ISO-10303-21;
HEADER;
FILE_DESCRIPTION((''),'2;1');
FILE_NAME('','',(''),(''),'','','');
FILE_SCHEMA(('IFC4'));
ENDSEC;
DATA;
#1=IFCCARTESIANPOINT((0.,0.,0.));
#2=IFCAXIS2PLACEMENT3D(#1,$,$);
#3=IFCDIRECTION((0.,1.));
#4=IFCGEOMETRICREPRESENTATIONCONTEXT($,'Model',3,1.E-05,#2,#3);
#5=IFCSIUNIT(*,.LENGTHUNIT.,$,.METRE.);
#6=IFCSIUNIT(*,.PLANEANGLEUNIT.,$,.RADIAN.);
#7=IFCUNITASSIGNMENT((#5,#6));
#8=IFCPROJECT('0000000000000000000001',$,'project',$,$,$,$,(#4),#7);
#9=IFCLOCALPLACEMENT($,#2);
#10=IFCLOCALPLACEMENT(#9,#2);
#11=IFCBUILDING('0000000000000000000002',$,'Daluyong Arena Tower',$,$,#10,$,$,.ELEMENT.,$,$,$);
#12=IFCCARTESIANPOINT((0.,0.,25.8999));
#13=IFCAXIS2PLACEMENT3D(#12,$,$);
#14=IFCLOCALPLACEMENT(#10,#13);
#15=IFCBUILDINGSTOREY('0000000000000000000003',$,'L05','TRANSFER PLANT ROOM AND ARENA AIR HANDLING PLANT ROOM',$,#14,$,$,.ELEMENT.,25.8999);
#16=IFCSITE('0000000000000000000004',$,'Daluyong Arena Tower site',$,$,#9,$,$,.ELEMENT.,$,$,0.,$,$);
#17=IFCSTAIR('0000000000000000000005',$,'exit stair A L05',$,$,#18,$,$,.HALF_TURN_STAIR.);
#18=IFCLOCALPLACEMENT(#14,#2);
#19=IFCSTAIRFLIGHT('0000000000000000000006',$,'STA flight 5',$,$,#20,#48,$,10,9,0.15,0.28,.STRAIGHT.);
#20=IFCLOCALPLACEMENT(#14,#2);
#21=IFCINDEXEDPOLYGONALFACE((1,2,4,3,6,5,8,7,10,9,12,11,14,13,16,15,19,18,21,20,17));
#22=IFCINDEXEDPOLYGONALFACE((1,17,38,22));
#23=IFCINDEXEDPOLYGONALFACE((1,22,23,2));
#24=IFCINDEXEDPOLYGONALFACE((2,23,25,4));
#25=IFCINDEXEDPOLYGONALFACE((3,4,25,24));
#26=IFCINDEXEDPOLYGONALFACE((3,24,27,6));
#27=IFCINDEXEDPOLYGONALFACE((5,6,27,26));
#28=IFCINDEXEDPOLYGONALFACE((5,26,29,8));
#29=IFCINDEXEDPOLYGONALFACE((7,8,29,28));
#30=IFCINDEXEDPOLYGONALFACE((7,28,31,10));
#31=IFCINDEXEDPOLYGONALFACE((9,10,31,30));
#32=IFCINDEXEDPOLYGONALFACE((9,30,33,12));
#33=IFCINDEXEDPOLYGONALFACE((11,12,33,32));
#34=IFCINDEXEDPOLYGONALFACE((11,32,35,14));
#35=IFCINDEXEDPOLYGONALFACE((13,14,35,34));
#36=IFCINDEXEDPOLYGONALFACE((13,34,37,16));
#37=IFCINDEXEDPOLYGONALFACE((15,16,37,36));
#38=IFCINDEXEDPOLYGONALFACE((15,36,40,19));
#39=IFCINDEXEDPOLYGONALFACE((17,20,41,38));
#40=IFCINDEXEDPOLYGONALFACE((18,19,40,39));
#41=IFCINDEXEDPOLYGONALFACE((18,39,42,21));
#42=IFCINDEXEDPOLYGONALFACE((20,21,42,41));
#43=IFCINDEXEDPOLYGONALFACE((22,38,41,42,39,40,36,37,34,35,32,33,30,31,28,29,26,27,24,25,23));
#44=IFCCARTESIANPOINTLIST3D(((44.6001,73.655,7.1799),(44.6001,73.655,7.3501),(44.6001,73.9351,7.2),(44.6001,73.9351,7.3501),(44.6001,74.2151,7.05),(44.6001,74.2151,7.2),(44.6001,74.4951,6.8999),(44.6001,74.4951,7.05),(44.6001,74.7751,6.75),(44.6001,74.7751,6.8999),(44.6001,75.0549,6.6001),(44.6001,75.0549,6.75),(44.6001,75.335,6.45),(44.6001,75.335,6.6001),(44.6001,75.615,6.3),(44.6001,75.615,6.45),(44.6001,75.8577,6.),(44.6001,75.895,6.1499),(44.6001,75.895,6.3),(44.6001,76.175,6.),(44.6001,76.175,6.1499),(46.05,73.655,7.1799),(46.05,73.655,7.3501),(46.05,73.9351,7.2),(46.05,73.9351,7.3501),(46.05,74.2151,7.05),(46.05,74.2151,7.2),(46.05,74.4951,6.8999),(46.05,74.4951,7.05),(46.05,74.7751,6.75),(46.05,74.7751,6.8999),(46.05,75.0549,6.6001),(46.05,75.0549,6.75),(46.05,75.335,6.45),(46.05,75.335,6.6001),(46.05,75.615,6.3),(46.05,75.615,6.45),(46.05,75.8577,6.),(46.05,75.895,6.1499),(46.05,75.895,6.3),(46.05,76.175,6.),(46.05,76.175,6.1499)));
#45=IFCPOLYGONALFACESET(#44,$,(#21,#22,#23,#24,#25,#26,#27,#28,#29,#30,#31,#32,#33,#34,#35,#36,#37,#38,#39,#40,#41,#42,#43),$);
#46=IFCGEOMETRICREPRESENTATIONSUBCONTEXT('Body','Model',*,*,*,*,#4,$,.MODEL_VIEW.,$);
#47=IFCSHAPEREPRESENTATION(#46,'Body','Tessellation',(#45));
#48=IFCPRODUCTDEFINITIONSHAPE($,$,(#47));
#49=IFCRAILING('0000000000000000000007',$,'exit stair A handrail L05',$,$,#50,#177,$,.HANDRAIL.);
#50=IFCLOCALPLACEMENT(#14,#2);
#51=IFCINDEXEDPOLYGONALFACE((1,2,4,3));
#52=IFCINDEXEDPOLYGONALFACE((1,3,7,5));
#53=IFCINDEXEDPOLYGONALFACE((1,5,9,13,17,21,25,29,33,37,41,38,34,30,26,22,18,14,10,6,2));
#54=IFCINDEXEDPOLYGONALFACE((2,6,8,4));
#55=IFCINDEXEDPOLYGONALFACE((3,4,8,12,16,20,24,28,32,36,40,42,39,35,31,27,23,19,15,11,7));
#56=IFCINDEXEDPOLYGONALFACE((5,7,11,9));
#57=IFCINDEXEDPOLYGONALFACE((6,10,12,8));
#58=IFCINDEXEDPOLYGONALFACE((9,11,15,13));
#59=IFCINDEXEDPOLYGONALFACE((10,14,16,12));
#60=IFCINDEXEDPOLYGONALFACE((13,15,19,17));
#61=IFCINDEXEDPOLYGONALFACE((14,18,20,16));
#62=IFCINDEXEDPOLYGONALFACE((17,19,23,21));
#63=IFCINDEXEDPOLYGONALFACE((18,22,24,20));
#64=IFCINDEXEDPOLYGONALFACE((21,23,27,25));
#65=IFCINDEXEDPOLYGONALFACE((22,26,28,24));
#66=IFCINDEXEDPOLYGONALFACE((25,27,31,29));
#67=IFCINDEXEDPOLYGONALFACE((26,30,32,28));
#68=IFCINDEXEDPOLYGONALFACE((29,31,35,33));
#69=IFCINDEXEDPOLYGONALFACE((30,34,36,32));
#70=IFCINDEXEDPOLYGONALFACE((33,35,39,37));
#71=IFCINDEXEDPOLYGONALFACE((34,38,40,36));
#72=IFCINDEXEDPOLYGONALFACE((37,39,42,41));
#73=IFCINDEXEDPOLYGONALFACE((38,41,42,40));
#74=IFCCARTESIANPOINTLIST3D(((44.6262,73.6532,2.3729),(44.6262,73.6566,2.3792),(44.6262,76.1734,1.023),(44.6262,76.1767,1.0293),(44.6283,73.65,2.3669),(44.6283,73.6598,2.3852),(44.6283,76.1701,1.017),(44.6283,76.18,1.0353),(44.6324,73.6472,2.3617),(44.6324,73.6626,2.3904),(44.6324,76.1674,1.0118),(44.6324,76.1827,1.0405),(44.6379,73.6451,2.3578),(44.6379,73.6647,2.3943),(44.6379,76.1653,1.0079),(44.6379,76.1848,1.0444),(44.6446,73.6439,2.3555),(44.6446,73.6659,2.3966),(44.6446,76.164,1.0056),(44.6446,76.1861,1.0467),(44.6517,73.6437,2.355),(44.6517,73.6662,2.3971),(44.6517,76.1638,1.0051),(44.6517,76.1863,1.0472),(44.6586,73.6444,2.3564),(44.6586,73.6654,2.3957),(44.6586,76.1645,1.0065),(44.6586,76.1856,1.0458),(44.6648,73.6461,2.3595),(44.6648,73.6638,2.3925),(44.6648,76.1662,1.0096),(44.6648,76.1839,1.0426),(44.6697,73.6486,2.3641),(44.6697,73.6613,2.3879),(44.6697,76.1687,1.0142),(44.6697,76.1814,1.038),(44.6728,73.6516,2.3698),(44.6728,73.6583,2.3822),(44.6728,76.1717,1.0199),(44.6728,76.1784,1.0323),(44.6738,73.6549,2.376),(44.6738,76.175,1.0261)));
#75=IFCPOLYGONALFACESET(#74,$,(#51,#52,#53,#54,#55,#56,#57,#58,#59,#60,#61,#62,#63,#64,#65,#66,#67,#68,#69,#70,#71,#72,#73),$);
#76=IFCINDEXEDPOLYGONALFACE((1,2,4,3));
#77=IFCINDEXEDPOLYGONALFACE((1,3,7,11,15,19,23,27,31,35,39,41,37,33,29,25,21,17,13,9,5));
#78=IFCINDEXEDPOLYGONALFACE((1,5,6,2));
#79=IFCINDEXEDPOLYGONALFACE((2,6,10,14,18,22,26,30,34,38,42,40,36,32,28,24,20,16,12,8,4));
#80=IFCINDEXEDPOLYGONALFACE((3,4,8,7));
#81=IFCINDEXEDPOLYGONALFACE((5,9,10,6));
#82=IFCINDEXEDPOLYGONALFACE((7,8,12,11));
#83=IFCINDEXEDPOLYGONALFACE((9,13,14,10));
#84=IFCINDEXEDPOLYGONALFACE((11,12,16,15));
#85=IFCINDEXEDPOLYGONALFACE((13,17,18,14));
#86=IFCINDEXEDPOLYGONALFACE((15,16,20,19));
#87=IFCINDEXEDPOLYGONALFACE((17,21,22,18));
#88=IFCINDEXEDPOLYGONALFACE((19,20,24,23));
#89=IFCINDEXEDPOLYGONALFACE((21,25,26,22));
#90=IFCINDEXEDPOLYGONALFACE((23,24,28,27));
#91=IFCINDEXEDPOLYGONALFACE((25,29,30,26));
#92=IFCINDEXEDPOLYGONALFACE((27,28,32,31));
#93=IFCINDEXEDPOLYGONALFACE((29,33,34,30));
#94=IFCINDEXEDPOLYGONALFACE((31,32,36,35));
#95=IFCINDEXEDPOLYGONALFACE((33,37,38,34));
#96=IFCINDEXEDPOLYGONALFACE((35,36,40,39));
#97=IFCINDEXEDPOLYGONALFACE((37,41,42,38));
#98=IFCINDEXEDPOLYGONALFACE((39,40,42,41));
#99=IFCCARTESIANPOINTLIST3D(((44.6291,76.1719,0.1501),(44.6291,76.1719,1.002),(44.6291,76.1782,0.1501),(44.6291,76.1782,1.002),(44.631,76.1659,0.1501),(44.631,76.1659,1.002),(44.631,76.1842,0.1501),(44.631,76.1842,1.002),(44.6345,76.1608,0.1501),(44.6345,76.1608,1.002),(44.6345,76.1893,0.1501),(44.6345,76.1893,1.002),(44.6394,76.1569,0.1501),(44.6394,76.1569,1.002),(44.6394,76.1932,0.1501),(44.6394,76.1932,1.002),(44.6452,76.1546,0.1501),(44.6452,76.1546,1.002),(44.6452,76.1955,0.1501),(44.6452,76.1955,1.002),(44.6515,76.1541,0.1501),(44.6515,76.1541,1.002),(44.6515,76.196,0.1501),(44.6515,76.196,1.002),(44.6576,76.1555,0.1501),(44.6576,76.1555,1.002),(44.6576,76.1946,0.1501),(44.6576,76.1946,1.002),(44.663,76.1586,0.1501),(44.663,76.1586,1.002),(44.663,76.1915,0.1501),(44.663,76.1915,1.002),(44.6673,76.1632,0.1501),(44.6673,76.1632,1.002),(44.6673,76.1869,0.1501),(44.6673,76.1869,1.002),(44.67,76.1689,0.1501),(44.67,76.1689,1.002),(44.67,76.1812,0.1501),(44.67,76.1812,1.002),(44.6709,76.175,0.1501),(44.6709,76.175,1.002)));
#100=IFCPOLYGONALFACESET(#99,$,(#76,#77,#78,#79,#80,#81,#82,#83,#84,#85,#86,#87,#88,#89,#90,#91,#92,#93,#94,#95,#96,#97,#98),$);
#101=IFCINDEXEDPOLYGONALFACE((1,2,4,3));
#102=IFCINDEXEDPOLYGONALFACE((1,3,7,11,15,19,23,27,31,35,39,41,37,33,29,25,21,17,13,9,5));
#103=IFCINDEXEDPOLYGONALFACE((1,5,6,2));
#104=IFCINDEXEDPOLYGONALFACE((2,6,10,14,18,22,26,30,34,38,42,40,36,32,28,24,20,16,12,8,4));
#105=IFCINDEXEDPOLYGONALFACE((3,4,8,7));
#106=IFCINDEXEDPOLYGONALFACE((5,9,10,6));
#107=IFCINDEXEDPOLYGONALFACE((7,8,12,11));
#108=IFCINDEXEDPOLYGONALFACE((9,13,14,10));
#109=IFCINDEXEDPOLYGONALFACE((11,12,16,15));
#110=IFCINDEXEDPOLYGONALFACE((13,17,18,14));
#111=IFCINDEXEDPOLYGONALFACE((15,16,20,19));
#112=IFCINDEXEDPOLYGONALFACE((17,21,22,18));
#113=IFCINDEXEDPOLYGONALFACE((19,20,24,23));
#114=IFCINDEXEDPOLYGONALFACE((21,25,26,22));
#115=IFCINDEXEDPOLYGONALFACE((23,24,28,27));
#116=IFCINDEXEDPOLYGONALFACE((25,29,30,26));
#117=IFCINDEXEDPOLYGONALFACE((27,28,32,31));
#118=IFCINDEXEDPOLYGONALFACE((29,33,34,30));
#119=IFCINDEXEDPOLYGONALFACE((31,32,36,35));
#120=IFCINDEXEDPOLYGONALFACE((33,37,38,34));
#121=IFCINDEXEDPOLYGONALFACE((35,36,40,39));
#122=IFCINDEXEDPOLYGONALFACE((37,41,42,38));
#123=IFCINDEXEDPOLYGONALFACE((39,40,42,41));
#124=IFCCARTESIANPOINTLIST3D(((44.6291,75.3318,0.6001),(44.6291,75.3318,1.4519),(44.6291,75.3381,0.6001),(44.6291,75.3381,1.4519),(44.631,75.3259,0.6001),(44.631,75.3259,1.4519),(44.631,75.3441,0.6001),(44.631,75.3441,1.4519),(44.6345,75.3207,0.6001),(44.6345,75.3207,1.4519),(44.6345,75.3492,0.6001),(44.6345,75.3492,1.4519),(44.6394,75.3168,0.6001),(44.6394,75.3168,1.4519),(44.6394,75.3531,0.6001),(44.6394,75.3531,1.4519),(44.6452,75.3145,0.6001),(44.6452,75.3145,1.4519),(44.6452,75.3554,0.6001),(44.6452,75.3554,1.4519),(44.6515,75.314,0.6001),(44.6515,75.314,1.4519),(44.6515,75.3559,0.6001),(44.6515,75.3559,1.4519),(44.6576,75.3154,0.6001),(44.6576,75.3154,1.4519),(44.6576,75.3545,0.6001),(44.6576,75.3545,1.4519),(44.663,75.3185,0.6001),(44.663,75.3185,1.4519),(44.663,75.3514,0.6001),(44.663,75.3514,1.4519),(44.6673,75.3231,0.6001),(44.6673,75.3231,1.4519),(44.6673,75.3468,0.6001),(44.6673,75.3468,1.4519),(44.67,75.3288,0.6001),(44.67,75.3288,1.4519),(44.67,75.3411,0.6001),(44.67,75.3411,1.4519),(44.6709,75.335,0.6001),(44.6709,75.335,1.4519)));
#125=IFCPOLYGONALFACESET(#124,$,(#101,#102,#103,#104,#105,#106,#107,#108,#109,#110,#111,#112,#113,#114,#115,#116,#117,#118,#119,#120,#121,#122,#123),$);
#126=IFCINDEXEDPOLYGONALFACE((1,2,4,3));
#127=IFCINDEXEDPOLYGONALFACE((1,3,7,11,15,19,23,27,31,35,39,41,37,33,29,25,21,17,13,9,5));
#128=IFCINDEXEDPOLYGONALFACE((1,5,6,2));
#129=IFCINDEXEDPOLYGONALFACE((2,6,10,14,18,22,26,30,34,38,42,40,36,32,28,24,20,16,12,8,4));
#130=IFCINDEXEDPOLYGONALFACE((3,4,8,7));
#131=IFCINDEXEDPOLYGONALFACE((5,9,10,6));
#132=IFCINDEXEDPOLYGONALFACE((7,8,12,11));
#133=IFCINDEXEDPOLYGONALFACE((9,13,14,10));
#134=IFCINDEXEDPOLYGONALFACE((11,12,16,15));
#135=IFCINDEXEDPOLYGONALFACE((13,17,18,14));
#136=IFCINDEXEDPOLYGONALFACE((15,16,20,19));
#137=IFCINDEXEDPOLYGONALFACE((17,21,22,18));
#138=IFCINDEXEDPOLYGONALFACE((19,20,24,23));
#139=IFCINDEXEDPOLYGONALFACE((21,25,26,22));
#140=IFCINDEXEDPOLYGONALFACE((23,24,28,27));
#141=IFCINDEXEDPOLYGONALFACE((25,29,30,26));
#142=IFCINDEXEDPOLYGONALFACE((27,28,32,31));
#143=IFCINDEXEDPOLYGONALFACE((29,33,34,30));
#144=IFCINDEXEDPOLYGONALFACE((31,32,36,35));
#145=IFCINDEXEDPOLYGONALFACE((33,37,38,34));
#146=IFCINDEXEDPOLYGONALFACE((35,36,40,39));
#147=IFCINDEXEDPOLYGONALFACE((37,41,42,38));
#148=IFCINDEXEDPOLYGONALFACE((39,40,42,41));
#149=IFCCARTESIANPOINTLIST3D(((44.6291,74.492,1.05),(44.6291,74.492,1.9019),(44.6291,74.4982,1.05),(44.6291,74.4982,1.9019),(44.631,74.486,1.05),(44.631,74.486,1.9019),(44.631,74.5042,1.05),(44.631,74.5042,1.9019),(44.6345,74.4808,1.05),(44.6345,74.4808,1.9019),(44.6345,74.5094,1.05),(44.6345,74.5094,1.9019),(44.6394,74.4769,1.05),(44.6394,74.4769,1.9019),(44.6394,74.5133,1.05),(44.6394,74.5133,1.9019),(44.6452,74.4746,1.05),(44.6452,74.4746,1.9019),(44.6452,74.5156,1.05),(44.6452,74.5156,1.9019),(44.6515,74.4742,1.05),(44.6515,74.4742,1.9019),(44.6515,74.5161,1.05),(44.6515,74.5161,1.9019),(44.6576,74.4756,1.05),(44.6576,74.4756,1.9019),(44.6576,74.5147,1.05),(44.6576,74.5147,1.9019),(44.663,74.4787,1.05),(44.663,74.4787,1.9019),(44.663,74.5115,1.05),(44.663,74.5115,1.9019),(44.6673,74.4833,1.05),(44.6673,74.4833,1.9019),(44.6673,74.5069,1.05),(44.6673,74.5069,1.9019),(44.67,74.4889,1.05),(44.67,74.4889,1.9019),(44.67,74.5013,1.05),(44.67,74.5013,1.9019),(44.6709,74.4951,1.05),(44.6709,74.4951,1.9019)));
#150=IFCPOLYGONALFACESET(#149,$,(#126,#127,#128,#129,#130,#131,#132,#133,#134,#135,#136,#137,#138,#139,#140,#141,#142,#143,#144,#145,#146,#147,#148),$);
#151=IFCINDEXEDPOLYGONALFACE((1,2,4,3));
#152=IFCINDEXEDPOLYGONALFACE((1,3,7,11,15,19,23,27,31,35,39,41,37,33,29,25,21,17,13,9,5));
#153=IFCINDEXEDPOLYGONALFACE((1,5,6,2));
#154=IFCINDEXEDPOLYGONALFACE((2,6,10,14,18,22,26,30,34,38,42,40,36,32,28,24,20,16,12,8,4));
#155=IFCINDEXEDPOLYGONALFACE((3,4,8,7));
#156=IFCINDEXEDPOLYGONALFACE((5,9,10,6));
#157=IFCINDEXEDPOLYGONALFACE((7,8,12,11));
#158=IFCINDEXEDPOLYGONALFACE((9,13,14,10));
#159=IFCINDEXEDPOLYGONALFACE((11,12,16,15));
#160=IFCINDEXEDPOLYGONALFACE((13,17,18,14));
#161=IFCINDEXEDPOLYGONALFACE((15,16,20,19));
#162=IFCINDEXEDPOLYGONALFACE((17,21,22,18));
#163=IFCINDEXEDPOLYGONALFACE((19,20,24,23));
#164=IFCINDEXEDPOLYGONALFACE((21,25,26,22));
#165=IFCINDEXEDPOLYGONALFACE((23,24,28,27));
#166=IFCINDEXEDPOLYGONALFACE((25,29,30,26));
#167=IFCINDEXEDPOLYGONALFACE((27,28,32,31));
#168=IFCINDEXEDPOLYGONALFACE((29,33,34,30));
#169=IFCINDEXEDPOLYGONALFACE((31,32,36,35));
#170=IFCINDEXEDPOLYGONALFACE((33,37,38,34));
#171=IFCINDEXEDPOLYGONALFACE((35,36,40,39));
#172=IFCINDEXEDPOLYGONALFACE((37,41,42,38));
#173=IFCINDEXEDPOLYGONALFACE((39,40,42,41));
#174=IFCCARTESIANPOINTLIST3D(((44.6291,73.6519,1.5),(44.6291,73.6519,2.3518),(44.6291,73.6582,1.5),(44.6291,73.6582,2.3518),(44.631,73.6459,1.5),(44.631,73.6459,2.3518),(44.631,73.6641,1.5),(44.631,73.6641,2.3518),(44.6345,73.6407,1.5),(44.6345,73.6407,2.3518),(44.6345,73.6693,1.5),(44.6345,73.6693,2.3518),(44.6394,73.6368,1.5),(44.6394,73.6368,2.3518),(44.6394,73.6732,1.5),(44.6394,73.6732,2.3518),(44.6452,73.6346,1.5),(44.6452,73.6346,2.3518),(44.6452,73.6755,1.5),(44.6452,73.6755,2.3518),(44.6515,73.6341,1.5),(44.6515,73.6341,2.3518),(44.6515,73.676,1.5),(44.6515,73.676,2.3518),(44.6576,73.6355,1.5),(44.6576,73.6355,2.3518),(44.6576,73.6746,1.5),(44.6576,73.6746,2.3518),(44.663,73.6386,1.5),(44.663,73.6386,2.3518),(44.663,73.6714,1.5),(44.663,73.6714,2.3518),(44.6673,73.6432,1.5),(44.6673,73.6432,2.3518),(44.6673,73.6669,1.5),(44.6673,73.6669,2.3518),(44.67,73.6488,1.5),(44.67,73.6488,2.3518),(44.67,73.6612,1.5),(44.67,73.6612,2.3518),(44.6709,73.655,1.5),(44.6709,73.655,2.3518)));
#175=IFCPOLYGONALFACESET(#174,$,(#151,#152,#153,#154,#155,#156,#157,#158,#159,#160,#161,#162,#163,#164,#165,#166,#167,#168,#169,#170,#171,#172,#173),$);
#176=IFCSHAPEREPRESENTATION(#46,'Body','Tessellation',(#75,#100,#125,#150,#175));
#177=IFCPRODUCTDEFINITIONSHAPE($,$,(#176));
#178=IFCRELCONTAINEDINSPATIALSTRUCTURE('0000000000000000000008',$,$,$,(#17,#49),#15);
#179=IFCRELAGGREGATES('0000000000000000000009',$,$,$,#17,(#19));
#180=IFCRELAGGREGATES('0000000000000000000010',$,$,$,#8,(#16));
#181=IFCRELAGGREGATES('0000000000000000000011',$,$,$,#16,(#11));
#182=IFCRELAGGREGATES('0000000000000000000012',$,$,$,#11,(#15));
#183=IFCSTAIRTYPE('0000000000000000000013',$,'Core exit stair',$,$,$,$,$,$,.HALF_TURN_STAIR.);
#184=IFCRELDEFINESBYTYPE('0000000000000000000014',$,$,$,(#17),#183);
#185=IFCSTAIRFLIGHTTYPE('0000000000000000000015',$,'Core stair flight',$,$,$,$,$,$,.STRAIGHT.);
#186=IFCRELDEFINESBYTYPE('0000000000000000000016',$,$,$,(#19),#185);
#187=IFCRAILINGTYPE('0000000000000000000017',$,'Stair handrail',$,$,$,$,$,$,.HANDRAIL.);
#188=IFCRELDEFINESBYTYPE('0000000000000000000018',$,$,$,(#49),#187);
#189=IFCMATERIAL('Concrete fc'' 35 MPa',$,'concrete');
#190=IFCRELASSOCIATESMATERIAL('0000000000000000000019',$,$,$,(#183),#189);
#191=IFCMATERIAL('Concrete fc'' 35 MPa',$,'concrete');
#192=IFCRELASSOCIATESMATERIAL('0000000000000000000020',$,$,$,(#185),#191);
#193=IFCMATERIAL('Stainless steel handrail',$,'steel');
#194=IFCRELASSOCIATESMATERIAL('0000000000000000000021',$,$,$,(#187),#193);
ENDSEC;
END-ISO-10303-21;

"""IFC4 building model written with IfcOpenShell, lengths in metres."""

from ifc_helpers import new_model, si_unit, direction, frame, origin, origin_2d, place, context, subcontext, project, spatial, polyline, circle, outline, extrude, material, type_object, element, aggregate, save


model = new_model("IFC4")

# Units and contexts
model_context = context("Model", 3, precision=1e-05, world=origin(), true_north=direction((0.0, 1.0)))
body_context = subcontext(model_context, "Body", "Model", "MODEL_VIEW")
ifc_project = project(units=[si_unit("LENGTHUNIT", "METRE"), si_unit("PLANEANGLEUNIT", "RADIAN")], contexts=[model_context])

# Site, building, storey
site_placement = place(None, origin())
site = spatial("IfcSite", under=ifc_project, at=site_placement, Name="Daluyong Arena Tower site", CompositionType="ELEMENT", RefElevation=0.0)
building_placement = place(site_placement, origin())
building = spatial("IfcBuilding", under=site, at=building_placement, Name="Daluyong Arena Tower", CompositionType="ELEMENT")
storey_placement = place(building_placement, frame((0.0, 0.0, 25.8999)))
storey = spatial("IfcBuildingStorey", under=building, at=storey_placement, Name="L05", Description="TRANSFER PLANT ROOM AND ARENA AIR HANDLING PLANT ROOM", CompositionType="ELEMENT", Elevation=25.8999)

# Stair, stair flight
ifc_material_1 = material(Name="Concrete fc' 35 MPa", Category="concrete")
stair_type = type_object("IfcStairType", Name="Core exit stair", PredefinedType="HALF_TURN_STAIR", material=ifc_material_1)
stair_placement = place(storey_placement, origin())
stair = element("IfcStair", 1, at=stair_placement, inside=storey, type_object=stair_type, Name="exit stair A L05", PredefinedType="HALF_TURN_STAIR")
ifc_material_2 = material(Name="Concrete fc' 35 MPa", Category="concrete")
stair_flight_type = type_object("IfcStairFlightType", Name="Core stair flight", PredefinedType="STRAIGHT", material=ifc_material_2)
stair_flight_1_placement = place(storey_placement, frame((45.325, 76.175, 6.0), z_axis=(0.0, 0.0, 1.0), x_axis=(0.0, -1.0, 0.0)))
stair_flight_1 = element("IfcStairFlight", 2, at=stair_flight_1_placement, type_object=stair_flight_type, Name="STA flight 5", NumberOfRisers=10, NumberOfTreads=9, PredefinedType="STRAIGHT", RiserHeight=0.15, TreadLength=0.28, context=body_context, shape_type="SweptSolid", body=[
    extrude(outline(polyline([(0.0, 0.0), (0.0, 0.1499), (0.28, 0.1499), (0.28, 0.3), (0.5601, 0.3), (0.5601, 0.45), (0.8401, 0.45), (0.8401, 0.6001), (1.1201, 0.6001), (1.1201, 0.75), (1.3999, 0.75), (1.3999, 0.8999), (1.6799, 0.8999), (1.6799, 1.05), (1.96, 1.05), (1.96, 1.2), (2.24, 1.2), (2.24, 1.3501), (2.52, 1.3501), (2.52, 1.5), (2.52, 1.1799), (0.3174, 0.0), (0.0, 0.0)])), frame((0.0, 0.7251, 0.0), z_axis=(0.0, -1.0, 0.0), x_axis=(1.0, 0.0, 0.0)), (0.0, 0.0, 1.0), 1.45),
])
aggregate(stair, [stair_flight_1])

# Railing
ifc_material_3 = material(Name="Stainless steel handrail", Category="steel")
railing_type_1 = type_object("IfcRailingType", Name="Stair handrail", PredefinedType="HANDRAIL", material=ifc_material_3)
for number, where, name in (
    (3, (44.6499, 76.175, 0.1501), "exit stair A handrail L05"),
):
    element("IfcRailing", number, at=place(storey_placement, frame(where)), inside=storey, type_object=railing_type_1, Name=name, PredefinedType="HANDRAIL", context=body_context, shape_type="SweptSolid", body=[
        extrude(circle(Radius=0.0239, at=origin_2d()), frame((0.0, 0.0, 0.876), z_axis=(0.0, -0.881503, 0.472179), x_axis=(1.0, 0.0, 0.0)), (0.0, 0.0, 1.0), 2.8589),
        extrude(circle(Radius=0.021, at=origin_2d()), origin(), (0.0, 0.0, 1.0), 0.8518),
        extrude(circle(Radius=0.021, at=origin_2d()), frame((0.0, -0.8401, 0.45)), (0.0, 0.0, 1.0), 0.8518),
        extrude(circle(Radius=0.021, at=origin_2d()), frame((0.0, -1.6799, 0.8999)), (0.0, 0.0, 1.0), 0.8518),
        extrude(circle(Radius=0.021, at=origin_2d()), frame((0.0, -2.52, 1.3499)), (0.0, 0.0, 1.0), 0.8518),
    ])

save(model, "model.ifc")
